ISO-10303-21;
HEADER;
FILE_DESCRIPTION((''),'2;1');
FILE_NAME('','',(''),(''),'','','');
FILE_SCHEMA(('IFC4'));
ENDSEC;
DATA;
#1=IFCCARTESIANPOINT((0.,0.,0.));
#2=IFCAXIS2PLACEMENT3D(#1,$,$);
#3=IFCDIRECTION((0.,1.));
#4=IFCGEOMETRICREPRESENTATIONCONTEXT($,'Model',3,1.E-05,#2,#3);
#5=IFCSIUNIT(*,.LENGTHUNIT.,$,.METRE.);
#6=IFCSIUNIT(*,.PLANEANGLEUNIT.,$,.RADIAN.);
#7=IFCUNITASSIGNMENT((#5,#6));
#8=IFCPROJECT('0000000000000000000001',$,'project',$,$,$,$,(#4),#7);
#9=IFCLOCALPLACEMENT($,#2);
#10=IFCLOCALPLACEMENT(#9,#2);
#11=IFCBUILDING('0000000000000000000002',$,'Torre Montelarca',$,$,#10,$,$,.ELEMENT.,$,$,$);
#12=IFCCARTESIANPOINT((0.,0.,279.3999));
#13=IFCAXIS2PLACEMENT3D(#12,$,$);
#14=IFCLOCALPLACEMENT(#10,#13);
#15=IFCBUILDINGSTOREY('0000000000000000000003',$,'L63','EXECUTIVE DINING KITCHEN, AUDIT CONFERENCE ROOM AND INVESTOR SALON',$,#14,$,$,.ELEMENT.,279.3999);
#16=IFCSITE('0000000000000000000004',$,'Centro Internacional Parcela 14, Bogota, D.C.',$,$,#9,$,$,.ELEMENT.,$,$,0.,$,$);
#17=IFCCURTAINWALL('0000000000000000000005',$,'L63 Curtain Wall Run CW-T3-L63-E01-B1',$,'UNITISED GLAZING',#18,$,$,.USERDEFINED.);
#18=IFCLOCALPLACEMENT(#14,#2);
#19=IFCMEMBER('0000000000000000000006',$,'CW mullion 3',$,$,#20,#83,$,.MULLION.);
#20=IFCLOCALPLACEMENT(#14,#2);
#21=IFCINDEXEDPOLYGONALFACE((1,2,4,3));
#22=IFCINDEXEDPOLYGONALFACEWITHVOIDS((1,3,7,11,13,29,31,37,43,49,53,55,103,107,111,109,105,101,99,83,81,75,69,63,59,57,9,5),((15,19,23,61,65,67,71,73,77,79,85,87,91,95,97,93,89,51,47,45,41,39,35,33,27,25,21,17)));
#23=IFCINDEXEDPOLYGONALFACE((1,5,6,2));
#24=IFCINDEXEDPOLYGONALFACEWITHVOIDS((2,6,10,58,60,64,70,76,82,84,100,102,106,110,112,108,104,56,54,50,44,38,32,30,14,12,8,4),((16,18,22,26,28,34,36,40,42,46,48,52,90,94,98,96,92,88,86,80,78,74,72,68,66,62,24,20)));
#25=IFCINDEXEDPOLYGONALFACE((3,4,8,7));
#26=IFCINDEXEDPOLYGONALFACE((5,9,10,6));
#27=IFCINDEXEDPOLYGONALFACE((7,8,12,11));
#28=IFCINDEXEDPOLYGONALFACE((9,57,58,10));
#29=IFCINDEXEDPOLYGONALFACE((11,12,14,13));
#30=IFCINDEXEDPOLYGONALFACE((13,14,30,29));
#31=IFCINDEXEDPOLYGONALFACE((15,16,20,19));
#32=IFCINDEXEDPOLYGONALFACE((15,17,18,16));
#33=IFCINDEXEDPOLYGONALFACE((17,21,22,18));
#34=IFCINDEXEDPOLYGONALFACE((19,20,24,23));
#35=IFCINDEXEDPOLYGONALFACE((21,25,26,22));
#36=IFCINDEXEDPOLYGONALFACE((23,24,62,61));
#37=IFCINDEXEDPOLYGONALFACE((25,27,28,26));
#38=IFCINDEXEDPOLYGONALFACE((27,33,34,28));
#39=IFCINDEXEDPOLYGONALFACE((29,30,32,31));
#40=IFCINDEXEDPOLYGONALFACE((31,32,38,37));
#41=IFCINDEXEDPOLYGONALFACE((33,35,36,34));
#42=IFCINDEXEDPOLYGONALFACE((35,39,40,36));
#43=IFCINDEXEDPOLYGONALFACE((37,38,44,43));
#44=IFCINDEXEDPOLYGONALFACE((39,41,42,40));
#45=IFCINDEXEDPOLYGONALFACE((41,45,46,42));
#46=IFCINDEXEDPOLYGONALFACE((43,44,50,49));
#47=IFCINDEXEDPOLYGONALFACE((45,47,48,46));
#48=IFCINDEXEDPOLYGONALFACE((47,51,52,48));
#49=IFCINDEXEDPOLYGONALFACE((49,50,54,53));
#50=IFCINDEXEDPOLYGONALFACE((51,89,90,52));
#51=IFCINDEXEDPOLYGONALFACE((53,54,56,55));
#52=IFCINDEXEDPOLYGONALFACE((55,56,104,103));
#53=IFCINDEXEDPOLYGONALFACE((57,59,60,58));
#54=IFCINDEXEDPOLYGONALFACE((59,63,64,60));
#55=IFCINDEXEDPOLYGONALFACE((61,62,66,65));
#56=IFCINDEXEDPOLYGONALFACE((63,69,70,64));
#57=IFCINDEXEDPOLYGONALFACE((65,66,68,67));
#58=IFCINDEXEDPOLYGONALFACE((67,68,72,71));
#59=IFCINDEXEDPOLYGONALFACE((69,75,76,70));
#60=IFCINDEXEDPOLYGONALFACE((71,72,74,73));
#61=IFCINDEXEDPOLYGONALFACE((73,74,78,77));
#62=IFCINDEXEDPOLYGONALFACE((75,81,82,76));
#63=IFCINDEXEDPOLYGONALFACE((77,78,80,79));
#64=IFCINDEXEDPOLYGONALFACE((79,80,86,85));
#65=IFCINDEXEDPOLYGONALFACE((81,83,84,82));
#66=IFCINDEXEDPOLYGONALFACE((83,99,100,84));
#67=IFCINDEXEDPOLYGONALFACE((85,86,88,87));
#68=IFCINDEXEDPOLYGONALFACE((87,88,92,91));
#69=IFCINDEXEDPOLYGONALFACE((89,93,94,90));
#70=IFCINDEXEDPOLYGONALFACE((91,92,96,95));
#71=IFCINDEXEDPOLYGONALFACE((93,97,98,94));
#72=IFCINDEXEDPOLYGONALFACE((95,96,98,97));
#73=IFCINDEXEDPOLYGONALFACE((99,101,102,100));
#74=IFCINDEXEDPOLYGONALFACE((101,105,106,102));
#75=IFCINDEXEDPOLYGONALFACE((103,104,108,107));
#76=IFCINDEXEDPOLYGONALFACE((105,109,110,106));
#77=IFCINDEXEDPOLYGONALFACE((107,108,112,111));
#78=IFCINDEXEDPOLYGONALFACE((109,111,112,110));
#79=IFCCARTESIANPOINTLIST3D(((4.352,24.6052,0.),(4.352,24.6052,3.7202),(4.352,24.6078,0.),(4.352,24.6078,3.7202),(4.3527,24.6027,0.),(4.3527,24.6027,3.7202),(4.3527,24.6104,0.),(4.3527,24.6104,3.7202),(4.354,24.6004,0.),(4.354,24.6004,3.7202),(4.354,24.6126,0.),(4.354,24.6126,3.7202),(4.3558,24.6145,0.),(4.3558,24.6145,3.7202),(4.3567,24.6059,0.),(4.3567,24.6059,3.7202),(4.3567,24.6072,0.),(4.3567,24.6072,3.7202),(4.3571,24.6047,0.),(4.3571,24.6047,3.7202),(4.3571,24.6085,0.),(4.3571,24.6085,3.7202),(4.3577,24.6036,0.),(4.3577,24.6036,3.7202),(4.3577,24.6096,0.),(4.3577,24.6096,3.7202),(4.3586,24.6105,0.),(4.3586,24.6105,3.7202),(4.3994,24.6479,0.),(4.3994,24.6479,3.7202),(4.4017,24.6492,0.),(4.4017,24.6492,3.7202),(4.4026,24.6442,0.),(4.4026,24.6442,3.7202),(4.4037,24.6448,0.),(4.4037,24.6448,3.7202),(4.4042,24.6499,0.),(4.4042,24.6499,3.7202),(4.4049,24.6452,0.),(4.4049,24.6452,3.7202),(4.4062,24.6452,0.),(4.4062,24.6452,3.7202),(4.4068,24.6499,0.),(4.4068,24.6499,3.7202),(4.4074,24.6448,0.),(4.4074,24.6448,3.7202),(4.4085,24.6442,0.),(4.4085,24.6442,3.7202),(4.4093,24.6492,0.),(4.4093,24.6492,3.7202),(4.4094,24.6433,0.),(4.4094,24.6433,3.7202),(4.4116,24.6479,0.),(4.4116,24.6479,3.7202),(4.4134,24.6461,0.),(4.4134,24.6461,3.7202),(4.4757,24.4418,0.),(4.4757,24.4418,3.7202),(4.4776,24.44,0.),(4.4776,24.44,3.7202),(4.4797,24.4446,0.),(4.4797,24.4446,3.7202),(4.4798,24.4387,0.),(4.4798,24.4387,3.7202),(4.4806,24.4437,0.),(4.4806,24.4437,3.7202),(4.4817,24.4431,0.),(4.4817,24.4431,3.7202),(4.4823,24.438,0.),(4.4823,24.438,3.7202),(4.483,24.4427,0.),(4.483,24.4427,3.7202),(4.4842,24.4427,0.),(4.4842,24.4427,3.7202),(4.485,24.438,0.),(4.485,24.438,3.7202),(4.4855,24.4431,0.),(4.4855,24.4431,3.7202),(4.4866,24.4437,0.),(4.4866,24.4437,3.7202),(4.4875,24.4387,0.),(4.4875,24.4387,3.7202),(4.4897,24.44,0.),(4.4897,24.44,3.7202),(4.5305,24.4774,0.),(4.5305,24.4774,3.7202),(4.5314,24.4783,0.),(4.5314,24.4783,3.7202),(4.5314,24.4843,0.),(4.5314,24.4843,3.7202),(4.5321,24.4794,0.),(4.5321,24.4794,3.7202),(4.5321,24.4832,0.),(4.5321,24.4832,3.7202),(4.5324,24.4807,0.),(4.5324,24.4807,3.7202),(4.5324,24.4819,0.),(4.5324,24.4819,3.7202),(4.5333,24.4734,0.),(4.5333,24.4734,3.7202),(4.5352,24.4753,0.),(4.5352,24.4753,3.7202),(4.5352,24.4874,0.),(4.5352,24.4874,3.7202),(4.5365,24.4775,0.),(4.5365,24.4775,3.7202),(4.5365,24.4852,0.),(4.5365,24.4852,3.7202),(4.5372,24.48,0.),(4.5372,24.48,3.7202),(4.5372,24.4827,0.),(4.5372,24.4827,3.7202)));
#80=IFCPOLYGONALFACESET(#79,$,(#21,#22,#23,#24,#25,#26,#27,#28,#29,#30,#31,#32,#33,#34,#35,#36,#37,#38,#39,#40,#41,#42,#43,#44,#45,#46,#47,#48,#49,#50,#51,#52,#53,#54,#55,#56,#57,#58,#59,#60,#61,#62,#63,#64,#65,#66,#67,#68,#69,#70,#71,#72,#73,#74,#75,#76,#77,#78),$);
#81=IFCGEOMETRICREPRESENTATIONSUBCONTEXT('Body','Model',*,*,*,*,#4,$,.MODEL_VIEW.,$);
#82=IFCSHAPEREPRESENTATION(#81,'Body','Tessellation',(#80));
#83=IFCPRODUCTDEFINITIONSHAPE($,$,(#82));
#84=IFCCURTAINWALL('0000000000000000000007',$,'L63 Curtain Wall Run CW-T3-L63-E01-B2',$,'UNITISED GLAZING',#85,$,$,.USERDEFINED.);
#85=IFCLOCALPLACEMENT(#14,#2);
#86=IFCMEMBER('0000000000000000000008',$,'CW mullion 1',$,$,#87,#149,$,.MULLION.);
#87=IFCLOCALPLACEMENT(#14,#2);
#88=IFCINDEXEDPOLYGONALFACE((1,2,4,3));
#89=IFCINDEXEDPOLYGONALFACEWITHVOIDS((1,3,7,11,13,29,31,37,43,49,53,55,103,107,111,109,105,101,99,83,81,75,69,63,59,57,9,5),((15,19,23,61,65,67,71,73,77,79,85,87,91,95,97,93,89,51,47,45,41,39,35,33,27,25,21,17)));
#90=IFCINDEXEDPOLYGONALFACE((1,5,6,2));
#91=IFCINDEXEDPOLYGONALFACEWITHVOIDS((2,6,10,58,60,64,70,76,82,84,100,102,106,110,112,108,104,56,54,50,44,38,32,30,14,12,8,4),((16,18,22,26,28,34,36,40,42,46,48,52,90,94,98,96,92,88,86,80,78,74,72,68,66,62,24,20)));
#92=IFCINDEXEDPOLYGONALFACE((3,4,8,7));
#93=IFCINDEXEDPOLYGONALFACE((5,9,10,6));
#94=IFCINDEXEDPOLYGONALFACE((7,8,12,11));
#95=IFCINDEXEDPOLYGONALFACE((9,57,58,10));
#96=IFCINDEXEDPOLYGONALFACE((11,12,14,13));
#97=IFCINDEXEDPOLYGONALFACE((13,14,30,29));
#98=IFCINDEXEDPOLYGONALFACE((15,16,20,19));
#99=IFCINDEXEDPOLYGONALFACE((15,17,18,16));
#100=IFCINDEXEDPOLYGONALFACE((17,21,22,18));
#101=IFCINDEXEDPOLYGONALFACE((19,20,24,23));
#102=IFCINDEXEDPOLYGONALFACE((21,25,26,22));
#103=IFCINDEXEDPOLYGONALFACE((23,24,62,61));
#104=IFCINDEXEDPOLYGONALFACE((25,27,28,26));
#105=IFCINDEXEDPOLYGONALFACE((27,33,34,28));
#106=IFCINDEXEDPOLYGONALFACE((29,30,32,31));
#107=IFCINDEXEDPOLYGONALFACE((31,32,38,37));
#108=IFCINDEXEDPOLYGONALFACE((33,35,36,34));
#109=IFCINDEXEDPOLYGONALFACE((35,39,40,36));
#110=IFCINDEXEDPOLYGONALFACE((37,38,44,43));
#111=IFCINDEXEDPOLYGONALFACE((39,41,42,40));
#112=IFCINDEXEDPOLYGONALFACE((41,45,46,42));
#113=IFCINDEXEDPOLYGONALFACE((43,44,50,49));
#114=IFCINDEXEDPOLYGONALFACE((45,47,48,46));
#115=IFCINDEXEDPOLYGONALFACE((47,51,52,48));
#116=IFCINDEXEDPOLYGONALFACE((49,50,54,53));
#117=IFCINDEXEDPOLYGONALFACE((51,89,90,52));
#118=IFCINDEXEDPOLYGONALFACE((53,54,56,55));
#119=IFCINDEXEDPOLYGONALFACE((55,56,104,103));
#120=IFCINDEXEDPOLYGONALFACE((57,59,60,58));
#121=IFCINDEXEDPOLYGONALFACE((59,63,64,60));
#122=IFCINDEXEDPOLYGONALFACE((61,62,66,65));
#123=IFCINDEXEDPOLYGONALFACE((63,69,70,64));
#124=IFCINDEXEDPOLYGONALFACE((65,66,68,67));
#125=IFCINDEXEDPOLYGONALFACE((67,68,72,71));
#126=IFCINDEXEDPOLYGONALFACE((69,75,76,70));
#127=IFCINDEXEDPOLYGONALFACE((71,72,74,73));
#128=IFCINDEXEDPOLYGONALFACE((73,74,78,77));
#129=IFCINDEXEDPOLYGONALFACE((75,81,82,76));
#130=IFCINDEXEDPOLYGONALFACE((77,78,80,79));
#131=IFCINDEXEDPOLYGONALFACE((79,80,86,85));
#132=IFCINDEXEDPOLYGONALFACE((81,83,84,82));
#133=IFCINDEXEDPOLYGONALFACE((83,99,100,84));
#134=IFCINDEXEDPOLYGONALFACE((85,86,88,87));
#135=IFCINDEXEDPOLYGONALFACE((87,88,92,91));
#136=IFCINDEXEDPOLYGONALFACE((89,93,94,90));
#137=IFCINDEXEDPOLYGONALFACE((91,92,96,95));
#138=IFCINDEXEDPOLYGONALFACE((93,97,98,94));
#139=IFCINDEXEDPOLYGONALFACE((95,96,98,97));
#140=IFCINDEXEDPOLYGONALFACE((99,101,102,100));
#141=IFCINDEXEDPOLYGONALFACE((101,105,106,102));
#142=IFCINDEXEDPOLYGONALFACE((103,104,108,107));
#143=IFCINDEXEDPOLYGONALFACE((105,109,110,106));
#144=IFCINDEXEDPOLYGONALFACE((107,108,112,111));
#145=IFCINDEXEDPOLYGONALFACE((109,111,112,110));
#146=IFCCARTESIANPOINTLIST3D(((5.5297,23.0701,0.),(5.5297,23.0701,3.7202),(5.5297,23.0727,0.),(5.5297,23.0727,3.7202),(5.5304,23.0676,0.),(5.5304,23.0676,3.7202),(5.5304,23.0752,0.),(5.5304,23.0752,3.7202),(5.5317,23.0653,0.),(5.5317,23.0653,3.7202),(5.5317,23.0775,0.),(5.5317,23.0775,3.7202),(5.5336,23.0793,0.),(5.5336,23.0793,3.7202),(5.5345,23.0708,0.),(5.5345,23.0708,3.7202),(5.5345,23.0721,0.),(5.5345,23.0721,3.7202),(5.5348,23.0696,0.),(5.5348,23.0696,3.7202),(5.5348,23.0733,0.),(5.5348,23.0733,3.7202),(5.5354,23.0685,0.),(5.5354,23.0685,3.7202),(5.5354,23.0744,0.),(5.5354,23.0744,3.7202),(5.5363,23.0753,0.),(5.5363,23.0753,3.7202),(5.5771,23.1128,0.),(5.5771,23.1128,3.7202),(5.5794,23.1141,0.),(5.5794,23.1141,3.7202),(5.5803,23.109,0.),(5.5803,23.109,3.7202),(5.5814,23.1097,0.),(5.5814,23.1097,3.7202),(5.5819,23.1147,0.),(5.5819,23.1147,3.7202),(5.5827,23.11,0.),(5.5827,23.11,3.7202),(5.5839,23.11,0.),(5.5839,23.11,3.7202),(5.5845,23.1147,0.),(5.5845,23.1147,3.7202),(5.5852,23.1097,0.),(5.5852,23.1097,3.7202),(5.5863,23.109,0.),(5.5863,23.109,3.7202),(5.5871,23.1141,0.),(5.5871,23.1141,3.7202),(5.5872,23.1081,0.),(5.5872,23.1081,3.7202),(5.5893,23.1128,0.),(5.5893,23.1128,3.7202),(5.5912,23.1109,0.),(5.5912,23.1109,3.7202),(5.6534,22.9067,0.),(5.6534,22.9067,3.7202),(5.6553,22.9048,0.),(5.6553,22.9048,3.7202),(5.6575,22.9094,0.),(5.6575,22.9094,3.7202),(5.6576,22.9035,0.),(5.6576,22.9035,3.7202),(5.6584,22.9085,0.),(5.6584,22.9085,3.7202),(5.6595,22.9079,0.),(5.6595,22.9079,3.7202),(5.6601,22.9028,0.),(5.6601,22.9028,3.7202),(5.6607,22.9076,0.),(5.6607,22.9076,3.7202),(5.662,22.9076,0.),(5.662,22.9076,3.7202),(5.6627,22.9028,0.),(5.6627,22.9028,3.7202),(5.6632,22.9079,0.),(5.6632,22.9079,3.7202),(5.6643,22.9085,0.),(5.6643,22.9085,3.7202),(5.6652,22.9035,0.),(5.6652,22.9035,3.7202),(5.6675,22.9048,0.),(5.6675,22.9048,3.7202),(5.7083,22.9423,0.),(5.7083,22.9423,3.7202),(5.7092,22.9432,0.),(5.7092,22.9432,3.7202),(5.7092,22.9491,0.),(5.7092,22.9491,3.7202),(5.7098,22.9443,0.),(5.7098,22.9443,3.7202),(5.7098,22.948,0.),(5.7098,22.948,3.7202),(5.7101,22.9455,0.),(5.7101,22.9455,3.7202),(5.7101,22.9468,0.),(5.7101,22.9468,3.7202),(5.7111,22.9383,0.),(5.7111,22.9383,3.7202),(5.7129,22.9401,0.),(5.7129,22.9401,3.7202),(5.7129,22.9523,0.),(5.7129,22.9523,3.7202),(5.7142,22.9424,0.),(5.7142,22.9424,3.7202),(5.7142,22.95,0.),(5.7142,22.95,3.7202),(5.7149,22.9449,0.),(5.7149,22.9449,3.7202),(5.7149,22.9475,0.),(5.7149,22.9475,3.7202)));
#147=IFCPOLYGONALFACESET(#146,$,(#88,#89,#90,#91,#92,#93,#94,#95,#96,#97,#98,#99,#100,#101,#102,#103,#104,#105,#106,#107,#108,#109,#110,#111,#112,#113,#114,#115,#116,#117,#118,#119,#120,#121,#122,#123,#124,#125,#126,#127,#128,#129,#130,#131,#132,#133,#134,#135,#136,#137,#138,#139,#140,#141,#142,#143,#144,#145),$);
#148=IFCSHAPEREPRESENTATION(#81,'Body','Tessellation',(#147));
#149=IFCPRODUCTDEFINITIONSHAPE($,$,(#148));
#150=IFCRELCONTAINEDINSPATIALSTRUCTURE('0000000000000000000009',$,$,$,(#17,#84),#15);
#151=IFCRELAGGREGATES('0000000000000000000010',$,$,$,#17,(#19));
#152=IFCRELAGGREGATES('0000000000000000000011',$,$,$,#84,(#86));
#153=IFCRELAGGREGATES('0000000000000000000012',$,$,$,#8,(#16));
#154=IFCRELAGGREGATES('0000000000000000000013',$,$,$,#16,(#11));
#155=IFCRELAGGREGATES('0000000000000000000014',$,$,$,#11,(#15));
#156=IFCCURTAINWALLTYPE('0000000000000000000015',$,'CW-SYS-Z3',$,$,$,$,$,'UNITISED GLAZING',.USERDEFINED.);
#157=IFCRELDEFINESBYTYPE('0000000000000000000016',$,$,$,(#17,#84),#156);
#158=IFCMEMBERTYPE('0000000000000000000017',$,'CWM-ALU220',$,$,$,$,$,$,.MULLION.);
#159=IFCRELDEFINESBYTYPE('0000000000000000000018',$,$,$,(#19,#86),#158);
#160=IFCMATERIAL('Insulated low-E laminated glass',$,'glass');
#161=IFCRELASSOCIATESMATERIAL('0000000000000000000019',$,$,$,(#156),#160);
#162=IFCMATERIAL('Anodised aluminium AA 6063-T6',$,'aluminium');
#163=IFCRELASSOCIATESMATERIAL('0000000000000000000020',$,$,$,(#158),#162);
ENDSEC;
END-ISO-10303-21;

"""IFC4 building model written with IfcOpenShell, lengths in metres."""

from ifc_helpers import new_model, si_unit, direction, frame, origin, origin_2d, place, context, subcontext, project, spatial, hollow_rectangle, extrude, source, transform, mapped, material, material_profile, profile_set, type_object, element, aggregate, save


model = new_model("IFC4")

# Units and contexts
model_context = context("Model", 3, precision=1e-05, world=origin(), true_north=direction((0.0, 1.0)))
body_context = subcontext(model_context, "Body", "Model", "MODEL_VIEW")
ifc_project = project(units=[si_unit("LENGTHUNIT", "METRE"), si_unit("PLANEANGLEUNIT", "RADIAN")], contexts=[model_context])

# Site, building, storey
site_placement = place(None, origin())
site = spatial("IfcSite", under=ifc_project, at=site_placement, Name="Centro Internacional Parcela 14, Bogota, D.C.", CompositionType="ELEMENT", RefElevation=0.0)
building_placement = place(site_placement, origin())
building = spatial("IfcBuilding", under=site, at=building_placement, Name="Torre Montelarca", CompositionType="ELEMENT")
storey_placement = place(building_placement, frame((0.0, 0.0, 279.3999)))
storey = spatial("IfcBuildingStorey", under=building, at=storey_placement, Name="L63", Description="EXECUTIVE DINING KITCHEN, AUDIT CONFERENCE ROOM AND INVESTOR SALON", CompositionType="ELEMENT", Elevation=279.3999)

# Curtain walls, members
ifc_material_1 = material(Name="Insulated low-E laminated glass", Category="glass")
curtain_wall_type = type_object("IfcCurtainWallType", Name="CW-SYS-Z3", ElementType="UNITISED GLAZING", PredefinedType="USERDEFINED", material=ifc_material_1)
curtain_wall_1_placement = place(storey_placement, origin())
curtain_wall_1 = element("IfcCurtainWall", 1, at=curtain_wall_1_placement, inside=storey, type_object=curtain_wall_type, Name="L63 Curtain Wall Run CW-T3-L63-E01-B1", ObjectType="UNITISED GLAZING", PredefinedType="USERDEFINED")
ifc_material_2 = material(Name="Anodised aluminium AA 6063-T6", Category="aluminium")
ifc_material_profile_1 = material_profile(ifc_material_2, hollow_rectangle(XDim=0.075, YDim=0.22, WallThickness=0.0049, InnerFilletRadius=0.0049, OuterFilletRadius=0.01, at=origin_2d()), Name="ALU75X220X5", Category="aluminium")
ifc_profile_set_1 = profile_set([ifc_material_profile_1], Name="Anodised aluminium AA 6063-T6")
member_type_1 = type_object("IfcMemberType", Name="CWM-ALU220", PredefinedType="MULLION", material=ifc_profile_set_1)
shared_shape_1 = source(origin(), body_context, "Body", "SweptSolid", [
    extrude(hollow_rectangle(XDim=0.075, YDim=0.22, WallThickness=0.0049, InnerFilletRadius=0.0049, OuterFilletRadius=0.01, at=origin_2d()), origin(), (0.0, 0.0, 1.0), 3.7202),
])
member_1_placement = place(storey_placement, frame((4.4446, 24.5439, 0.0), z_axis=(0.0, 0.0, 1.0), x_axis=(0.793348, 0.608768, 0.0)))
member_1 = element("IfcMember", 2, at=member_1_placement, type_object=member_type_1, Name="CW mullion 3", PredefinedType="MULLION", context=body_context, shape_type="MappedRepresentation", body=[
    mapped(shared_shape_1, transform((0.0, 0.0, 0.0), scale=1.0)),
])
curtain_wall_2_placement = place(storey_placement, origin())
curtain_wall_2 = element("IfcCurtainWall", 3, at=curtain_wall_2_placement, inside=storey, type_object=curtain_wall_type, Name="L63 Curtain Wall Run CW-T3-L63-E01-B2", ObjectType="UNITISED GLAZING", PredefinedType="USERDEFINED")
member_2_placement = place(storey_placement, frame((5.6223, 23.0088, 0.0), z_axis=(0.0, 0.0, 1.0), x_axis=(0.793351, 0.608765, 0.0)))
member_2 = element("IfcMember", 4, at=member_2_placement, type_object=member_type_1, Name="CW mullion 1", PredefinedType="MULLION", context=body_context, shape_type="MappedRepresentation", body=[
    mapped(shared_shape_1, transform((0.0, 0.0, 0.0), scale=1.0)),
])

aggregate(curtain_wall_1, [member_1])
aggregate(curtain_wall_2, [member_2])

save(model, "model.ifc")
